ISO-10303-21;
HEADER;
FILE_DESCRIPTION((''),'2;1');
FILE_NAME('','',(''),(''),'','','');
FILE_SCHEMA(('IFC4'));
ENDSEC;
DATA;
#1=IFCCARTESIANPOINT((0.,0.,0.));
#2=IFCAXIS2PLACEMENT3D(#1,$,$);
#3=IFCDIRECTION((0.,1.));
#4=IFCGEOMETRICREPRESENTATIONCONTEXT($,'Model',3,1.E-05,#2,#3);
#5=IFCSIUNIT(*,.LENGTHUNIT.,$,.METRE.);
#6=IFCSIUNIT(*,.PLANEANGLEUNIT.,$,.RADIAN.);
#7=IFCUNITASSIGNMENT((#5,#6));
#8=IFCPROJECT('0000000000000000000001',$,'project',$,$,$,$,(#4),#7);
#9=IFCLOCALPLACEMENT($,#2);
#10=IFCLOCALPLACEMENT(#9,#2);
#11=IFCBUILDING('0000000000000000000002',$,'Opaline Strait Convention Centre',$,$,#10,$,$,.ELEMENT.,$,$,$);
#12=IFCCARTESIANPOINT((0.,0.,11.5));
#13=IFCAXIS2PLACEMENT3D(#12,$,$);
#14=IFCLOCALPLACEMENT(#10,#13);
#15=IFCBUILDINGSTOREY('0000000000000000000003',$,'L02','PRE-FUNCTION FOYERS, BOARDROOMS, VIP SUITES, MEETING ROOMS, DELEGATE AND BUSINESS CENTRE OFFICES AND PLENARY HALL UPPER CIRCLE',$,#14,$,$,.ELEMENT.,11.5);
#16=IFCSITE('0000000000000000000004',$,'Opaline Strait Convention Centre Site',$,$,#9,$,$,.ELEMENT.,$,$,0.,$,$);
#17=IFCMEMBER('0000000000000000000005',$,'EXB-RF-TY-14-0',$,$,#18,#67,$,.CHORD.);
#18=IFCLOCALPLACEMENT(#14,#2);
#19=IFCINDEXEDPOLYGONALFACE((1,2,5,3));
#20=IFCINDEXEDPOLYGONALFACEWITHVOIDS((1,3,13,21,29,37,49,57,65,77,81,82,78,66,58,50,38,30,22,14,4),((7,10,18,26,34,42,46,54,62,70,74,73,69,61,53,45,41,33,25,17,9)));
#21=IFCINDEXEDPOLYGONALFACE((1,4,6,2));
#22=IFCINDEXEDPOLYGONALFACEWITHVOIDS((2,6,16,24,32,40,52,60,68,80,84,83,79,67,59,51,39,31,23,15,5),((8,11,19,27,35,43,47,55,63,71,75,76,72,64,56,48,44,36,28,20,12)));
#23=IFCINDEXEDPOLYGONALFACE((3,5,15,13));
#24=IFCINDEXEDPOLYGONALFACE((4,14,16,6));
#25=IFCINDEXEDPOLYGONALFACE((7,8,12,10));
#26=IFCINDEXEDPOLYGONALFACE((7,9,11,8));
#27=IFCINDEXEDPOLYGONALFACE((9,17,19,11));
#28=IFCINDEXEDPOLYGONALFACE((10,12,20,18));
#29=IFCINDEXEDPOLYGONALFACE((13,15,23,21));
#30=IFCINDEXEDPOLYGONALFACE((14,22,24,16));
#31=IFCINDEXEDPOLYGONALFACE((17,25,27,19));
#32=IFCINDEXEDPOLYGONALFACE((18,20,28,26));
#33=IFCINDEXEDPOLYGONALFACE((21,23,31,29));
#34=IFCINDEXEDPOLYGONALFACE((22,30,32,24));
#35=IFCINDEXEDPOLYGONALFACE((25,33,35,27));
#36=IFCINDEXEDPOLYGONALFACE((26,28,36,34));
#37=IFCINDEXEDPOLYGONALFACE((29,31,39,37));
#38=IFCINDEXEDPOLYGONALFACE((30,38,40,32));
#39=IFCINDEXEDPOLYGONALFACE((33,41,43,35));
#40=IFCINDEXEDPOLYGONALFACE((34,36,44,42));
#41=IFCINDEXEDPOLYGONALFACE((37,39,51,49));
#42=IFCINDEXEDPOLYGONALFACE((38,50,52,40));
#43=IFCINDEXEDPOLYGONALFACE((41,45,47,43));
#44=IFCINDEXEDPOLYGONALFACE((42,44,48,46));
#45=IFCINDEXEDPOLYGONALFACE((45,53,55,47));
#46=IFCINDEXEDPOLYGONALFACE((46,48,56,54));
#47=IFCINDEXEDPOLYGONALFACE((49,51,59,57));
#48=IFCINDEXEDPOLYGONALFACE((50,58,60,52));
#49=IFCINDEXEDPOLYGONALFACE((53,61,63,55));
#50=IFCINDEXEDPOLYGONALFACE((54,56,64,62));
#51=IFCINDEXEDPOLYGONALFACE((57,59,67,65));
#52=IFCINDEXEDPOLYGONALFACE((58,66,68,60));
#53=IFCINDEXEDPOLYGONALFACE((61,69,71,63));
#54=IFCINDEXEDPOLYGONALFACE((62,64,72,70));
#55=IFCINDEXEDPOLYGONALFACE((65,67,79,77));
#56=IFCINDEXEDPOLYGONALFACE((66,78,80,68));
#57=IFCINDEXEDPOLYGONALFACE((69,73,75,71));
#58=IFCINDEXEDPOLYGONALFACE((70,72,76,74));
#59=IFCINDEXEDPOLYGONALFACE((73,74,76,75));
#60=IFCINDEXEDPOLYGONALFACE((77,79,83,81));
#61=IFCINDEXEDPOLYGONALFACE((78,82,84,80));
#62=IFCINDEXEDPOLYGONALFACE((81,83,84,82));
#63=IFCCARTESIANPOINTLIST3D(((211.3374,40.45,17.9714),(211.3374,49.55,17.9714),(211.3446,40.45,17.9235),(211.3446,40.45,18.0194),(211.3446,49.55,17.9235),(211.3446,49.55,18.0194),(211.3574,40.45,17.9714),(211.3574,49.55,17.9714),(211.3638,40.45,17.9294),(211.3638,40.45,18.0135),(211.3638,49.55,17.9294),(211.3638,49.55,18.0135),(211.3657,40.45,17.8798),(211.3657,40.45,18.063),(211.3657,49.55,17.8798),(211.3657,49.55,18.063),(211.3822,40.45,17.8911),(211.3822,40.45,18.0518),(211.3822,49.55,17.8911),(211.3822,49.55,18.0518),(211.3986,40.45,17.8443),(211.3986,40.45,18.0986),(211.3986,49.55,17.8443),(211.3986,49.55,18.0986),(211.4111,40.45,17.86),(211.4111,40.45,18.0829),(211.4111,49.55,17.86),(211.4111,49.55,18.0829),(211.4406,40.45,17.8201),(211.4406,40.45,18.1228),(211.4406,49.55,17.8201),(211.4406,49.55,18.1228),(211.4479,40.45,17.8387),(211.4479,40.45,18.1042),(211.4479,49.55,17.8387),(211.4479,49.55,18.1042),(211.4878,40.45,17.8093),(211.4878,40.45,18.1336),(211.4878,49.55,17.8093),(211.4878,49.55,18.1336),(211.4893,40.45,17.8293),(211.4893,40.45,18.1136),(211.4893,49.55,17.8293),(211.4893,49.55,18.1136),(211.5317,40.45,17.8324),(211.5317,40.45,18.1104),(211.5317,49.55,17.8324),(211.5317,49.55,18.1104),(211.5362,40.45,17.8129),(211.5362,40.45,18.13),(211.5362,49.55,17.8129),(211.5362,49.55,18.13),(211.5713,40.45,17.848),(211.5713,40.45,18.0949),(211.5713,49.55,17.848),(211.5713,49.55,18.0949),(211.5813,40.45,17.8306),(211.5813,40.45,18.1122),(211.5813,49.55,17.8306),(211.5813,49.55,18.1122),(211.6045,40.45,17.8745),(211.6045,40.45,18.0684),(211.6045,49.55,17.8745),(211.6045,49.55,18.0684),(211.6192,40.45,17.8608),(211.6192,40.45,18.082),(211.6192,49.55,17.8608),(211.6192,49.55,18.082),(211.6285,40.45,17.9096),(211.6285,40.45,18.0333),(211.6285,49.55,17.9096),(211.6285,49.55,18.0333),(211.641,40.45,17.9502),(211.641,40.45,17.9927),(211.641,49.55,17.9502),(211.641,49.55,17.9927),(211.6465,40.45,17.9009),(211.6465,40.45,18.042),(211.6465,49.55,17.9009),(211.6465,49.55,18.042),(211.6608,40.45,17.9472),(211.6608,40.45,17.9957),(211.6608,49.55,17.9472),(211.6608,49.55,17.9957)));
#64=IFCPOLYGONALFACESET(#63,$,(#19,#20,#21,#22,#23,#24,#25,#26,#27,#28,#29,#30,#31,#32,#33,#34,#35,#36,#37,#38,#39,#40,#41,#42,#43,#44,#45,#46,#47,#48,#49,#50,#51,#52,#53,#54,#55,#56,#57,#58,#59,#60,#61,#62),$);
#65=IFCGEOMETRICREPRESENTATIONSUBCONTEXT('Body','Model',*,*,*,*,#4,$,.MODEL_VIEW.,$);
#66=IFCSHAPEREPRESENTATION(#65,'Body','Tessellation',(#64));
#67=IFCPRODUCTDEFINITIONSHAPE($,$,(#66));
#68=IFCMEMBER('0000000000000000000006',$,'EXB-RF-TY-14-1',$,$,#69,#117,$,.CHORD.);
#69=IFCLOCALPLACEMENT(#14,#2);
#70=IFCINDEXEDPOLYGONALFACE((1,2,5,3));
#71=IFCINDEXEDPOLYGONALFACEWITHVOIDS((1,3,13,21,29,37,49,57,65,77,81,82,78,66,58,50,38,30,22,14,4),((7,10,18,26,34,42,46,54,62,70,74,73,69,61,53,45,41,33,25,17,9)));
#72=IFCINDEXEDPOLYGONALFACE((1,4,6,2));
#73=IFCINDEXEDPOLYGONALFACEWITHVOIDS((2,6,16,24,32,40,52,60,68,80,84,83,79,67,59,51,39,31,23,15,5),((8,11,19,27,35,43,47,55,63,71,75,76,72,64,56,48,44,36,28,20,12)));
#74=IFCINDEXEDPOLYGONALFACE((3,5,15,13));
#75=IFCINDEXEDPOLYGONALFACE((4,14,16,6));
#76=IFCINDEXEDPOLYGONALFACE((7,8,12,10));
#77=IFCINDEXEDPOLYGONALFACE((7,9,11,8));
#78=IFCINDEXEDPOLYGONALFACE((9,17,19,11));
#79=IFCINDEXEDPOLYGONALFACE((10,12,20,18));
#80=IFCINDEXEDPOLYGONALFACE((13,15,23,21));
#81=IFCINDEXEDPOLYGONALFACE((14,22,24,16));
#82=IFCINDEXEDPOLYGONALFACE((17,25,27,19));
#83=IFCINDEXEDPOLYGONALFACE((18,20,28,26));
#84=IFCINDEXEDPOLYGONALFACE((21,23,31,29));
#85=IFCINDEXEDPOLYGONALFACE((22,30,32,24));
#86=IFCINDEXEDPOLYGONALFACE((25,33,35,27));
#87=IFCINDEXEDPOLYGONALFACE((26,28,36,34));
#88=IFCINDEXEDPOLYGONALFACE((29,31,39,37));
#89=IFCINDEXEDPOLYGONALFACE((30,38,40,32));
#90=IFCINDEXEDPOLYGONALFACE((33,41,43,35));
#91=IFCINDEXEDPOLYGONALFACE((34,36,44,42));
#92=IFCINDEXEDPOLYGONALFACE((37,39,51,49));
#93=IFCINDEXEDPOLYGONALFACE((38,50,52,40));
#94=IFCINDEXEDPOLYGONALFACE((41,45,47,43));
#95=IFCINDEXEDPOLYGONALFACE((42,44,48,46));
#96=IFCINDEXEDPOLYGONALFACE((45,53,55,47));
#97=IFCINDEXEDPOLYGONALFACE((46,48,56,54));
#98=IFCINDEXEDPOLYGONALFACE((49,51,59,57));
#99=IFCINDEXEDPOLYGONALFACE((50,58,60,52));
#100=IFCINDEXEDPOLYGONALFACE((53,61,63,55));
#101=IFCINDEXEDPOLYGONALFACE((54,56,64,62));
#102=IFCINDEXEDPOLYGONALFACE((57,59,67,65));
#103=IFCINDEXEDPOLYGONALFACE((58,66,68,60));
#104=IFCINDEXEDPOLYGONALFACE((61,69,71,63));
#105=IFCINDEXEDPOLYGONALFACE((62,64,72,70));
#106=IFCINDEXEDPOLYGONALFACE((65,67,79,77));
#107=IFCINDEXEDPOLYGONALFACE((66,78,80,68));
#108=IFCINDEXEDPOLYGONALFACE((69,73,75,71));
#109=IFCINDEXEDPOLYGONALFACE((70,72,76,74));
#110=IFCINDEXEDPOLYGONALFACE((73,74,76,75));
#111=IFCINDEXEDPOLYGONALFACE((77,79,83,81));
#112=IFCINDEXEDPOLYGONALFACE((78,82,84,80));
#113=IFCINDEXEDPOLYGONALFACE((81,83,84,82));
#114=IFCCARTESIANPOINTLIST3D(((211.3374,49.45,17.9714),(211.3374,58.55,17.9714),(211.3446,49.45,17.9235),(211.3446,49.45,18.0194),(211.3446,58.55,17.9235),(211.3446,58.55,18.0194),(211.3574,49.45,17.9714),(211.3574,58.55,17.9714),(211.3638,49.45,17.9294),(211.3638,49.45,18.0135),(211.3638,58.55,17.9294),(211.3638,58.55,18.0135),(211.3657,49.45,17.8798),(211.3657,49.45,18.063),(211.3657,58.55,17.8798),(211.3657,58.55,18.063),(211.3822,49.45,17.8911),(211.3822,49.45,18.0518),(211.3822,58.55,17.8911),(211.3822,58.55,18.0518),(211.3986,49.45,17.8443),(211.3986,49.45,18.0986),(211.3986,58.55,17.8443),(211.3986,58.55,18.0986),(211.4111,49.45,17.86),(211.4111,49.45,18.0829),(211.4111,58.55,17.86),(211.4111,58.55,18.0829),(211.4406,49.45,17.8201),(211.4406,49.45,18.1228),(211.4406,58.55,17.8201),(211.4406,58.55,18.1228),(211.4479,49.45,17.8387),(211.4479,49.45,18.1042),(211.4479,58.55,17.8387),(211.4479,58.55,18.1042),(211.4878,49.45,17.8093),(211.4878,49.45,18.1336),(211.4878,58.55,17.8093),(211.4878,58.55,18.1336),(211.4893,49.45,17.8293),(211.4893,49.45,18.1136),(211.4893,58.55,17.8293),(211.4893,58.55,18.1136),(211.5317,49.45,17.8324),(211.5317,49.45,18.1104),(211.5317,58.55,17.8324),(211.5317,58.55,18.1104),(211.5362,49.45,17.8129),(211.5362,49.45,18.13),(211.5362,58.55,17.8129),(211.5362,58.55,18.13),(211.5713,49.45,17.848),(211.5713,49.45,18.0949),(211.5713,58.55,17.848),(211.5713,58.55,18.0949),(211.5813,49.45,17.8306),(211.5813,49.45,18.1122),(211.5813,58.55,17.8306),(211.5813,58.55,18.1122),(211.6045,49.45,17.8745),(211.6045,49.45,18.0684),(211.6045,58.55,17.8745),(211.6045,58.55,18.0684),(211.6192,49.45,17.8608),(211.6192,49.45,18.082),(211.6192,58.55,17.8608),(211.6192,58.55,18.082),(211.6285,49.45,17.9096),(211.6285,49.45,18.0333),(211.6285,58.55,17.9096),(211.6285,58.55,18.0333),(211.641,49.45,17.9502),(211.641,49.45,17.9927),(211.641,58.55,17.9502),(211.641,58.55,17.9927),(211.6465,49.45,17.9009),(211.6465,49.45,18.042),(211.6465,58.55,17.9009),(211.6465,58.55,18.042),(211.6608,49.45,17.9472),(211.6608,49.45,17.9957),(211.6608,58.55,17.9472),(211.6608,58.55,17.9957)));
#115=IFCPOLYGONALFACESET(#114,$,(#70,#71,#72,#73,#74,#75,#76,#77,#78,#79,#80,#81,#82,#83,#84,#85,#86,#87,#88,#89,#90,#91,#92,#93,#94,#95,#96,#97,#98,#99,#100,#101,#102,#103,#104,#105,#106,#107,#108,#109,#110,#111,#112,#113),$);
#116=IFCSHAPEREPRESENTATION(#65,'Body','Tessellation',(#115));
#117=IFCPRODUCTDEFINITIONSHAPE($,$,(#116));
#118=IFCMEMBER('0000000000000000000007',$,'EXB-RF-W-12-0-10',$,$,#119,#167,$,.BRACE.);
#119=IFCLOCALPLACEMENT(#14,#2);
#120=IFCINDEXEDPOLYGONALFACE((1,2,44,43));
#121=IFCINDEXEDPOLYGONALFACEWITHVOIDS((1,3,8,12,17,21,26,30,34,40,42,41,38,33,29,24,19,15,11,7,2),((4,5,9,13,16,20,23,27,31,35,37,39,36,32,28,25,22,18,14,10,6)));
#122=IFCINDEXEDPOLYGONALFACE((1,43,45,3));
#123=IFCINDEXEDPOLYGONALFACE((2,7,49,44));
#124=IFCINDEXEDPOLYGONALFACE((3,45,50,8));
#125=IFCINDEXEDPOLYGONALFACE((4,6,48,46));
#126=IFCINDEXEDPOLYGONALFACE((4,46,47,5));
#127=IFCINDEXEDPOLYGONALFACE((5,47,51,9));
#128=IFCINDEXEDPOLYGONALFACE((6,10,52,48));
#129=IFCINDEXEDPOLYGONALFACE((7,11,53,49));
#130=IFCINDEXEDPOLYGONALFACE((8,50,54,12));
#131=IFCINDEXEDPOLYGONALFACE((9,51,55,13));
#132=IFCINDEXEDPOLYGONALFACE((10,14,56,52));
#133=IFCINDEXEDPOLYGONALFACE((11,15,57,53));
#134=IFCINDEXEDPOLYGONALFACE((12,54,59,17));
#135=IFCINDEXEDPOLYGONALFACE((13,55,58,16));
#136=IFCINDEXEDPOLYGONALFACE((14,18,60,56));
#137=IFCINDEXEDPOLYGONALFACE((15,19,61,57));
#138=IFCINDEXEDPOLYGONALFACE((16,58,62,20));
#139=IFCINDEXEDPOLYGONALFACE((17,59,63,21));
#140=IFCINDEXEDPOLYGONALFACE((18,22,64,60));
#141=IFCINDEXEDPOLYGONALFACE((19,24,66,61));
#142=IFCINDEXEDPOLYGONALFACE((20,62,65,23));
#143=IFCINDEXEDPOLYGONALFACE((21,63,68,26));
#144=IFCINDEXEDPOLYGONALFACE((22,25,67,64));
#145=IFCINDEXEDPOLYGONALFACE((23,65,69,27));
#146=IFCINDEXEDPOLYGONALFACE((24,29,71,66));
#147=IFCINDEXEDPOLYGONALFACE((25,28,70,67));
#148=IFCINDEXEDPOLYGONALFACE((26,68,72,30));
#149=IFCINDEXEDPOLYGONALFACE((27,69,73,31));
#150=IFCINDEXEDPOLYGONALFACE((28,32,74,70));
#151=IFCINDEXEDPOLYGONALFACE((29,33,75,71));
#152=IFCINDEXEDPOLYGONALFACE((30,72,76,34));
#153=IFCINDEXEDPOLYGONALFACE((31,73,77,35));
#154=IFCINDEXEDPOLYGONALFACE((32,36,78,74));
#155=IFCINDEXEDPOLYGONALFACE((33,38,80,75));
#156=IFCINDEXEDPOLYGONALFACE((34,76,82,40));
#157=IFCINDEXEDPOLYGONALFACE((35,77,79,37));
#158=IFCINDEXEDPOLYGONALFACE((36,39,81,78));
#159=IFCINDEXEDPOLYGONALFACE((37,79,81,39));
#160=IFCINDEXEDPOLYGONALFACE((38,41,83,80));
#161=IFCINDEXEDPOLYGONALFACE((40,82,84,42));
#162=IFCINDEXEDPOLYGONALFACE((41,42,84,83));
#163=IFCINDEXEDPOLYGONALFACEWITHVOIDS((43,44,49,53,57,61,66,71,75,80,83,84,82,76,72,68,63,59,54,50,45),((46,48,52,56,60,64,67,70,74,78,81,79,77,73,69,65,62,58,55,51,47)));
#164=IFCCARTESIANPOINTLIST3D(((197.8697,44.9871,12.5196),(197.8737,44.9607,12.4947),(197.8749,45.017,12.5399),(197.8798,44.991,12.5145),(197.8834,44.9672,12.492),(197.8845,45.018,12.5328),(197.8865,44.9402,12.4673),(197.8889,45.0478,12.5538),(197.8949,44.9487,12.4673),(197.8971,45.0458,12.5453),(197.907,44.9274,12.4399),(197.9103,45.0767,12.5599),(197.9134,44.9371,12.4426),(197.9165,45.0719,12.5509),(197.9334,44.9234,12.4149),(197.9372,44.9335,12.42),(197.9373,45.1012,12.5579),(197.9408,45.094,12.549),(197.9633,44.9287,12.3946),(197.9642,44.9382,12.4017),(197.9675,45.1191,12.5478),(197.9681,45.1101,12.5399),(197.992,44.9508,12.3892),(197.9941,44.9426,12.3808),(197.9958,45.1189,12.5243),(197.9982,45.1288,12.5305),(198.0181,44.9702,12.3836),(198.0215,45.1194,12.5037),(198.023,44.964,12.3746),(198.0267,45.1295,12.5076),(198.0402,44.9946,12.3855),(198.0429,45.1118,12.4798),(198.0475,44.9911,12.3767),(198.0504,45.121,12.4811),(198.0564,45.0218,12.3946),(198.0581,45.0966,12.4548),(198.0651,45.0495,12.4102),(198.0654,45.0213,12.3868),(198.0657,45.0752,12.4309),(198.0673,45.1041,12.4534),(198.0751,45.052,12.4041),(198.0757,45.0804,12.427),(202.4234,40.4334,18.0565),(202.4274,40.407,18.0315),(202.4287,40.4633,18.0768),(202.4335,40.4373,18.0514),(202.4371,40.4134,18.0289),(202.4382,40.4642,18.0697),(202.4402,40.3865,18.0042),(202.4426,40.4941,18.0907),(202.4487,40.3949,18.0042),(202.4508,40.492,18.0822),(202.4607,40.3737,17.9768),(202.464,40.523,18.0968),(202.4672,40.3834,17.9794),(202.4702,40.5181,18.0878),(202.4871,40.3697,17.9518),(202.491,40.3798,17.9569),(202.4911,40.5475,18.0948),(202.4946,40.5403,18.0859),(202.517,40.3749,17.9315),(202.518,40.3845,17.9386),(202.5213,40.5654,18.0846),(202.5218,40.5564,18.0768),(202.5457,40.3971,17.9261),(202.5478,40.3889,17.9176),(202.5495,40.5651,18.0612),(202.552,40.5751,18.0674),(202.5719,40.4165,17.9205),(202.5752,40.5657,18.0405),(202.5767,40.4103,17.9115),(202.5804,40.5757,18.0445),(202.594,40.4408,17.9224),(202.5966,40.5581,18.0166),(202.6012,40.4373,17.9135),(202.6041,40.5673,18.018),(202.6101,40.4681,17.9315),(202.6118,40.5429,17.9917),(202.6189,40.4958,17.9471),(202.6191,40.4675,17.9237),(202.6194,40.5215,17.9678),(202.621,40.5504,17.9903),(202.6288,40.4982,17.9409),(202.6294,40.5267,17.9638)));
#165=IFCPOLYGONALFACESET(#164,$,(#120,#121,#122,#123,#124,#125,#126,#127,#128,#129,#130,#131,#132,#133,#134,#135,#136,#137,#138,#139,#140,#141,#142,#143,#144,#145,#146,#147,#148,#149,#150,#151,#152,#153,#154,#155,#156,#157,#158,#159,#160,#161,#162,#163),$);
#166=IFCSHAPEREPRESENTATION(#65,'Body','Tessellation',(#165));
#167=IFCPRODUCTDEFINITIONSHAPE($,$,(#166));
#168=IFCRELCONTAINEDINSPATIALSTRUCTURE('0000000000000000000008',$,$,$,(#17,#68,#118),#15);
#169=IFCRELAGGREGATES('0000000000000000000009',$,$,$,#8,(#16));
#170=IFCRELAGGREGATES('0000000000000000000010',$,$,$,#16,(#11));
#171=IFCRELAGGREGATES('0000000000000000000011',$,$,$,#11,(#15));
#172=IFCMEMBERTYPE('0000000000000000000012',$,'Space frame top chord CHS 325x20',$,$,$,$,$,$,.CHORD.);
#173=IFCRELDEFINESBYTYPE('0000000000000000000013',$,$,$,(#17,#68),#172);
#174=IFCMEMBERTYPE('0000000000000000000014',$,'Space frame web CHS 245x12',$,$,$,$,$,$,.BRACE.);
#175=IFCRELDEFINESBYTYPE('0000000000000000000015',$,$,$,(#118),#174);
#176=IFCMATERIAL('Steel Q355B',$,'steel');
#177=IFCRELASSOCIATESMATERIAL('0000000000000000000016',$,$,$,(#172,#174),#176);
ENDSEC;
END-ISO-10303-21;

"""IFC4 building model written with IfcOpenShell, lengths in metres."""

from ifc_helpers import new_model, si_unit, direction, frame, origin, origin_2d, place, context, subcontext, project, spatial, hollow_circle, extrude, material, material_profile, profile_set, type_object, element, save


model = new_model("IFC4")

# Units and contexts
model_context = context("Model", 3, precision=1e-05, world=origin(), true_north=direction((0.0, 1.0)))
body_context = subcontext(model_context, "Body", "Model", "MODEL_VIEW")
ifc_project = project(units=[si_unit("LENGTHUNIT", "METRE"), si_unit("PLANEANGLEUNIT", "RADIAN")], contexts=[model_context])

# Site, building, storey
site_placement = place(None, origin())
site = spatial("IfcSite", under=ifc_project, at=site_placement, Name="Opaline Strait Convention Centre Site", CompositionType="ELEMENT", RefElevation=0.0)
building_placement = place(site_placement, origin())
building = spatial("IfcBuilding", under=site, at=building_placement, Name="Opaline Strait Convention Centre", CompositionType="ELEMENT")
storey_placement = place(building_placement, frame((0.0, 0.0, 11.5)))
storey = spatial("IfcBuildingStorey", under=building, at=storey_placement, Name="L02", Description="PRE-FUNCTION FOYERS, BOARDROOMS, VIP SUITES, MEETING ROOMS, DELEGATE AND BUSINESS CENTRE OFFICES AND PLENARY HALL UPPER CIRCLE", CompositionType="ELEMENT", Elevation=11.5)

# Members
ifc_material_1 = material(Name="Steel Q355B", Category="steel")
ifc_material_profile_1 = material_profile(ifc_material_1, hollow_circle(Radius=0.1626, WallThickness=0.02, at=origin_2d()), Name="CHS 325x20")
ifc_profile_set_1 = profile_set([ifc_material_profile_1], Name="Steel Q355B")
member_type_1 = type_object("IfcMemberType", Name="Space frame top chord CHS 325x20", PredefinedType="CHORD", material=ifc_profile_set_1)
for number, where, z_axis, x_axis, name in (
    (1, (211.5, 40.45, 17.9714), (0.0, 1.0, 0.0), (-1.0, 0.0, 0.0), "EXB-RF-TY-14-0"),
    (2, (211.5, 49.45, 17.9714), (0.0, 1.0, 0.0), (-1.0, 0.0, 0.0), "EXB-RF-TY-14-1"),
):
    element("IfcMember", number, at=place(storey_placement, frame(where, z_axis=z_axis, x_axis=x_axis)), inside=storey, type_object=member_type_1, Name=name, PredefinedType="CHORD", context=body_context, shape_type="SweptSolid", body=[
        extrude(hollow_circle(Radius=0.1626, WallThickness=0.02, at=origin_2d()), origin(), (0.0, 0.0, 1.0), 9.1001),
    ])
ifc_material_profile_2 = material_profile(ifc_material_1, hollow_circle(Radius=0.1226, WallThickness=0.012, at=origin_2d()), Name="CHS 245x12")
ifc_profile_set_2 = profile_set([ifc_material_profile_2], Name="Steel Q355B")
member_type_2 = type_object("IfcMemberType", Name="Space frame web CHS 245x12", PredefinedType="BRACE", material=ifc_profile_set_2)
for number, where, z_axis, x_axis, name in (
    (3, (202.5269, 40.4731, 18.0042), (-0.536178, 0.536178, -0.65194), (-0.707107, -0.707107, 0.0), "EXB-RF-W-12-0-10"),
):
    element("IfcMember", number, at=place(storey_placement, frame(where, z_axis=z_axis, x_axis=x_axis)), inside=storey, type_object=member_type_2, Name=name, PredefinedType="BRACE", context=body_context, shape_type="SweptSolid", body=[
        extrude(hollow_circle(Radius=0.1226, WallThickness=0.012, at=origin_2d()), origin(), (0.0, 0.0, 1.0), 8.4929),
    ])

save(model, "model.ifc")
